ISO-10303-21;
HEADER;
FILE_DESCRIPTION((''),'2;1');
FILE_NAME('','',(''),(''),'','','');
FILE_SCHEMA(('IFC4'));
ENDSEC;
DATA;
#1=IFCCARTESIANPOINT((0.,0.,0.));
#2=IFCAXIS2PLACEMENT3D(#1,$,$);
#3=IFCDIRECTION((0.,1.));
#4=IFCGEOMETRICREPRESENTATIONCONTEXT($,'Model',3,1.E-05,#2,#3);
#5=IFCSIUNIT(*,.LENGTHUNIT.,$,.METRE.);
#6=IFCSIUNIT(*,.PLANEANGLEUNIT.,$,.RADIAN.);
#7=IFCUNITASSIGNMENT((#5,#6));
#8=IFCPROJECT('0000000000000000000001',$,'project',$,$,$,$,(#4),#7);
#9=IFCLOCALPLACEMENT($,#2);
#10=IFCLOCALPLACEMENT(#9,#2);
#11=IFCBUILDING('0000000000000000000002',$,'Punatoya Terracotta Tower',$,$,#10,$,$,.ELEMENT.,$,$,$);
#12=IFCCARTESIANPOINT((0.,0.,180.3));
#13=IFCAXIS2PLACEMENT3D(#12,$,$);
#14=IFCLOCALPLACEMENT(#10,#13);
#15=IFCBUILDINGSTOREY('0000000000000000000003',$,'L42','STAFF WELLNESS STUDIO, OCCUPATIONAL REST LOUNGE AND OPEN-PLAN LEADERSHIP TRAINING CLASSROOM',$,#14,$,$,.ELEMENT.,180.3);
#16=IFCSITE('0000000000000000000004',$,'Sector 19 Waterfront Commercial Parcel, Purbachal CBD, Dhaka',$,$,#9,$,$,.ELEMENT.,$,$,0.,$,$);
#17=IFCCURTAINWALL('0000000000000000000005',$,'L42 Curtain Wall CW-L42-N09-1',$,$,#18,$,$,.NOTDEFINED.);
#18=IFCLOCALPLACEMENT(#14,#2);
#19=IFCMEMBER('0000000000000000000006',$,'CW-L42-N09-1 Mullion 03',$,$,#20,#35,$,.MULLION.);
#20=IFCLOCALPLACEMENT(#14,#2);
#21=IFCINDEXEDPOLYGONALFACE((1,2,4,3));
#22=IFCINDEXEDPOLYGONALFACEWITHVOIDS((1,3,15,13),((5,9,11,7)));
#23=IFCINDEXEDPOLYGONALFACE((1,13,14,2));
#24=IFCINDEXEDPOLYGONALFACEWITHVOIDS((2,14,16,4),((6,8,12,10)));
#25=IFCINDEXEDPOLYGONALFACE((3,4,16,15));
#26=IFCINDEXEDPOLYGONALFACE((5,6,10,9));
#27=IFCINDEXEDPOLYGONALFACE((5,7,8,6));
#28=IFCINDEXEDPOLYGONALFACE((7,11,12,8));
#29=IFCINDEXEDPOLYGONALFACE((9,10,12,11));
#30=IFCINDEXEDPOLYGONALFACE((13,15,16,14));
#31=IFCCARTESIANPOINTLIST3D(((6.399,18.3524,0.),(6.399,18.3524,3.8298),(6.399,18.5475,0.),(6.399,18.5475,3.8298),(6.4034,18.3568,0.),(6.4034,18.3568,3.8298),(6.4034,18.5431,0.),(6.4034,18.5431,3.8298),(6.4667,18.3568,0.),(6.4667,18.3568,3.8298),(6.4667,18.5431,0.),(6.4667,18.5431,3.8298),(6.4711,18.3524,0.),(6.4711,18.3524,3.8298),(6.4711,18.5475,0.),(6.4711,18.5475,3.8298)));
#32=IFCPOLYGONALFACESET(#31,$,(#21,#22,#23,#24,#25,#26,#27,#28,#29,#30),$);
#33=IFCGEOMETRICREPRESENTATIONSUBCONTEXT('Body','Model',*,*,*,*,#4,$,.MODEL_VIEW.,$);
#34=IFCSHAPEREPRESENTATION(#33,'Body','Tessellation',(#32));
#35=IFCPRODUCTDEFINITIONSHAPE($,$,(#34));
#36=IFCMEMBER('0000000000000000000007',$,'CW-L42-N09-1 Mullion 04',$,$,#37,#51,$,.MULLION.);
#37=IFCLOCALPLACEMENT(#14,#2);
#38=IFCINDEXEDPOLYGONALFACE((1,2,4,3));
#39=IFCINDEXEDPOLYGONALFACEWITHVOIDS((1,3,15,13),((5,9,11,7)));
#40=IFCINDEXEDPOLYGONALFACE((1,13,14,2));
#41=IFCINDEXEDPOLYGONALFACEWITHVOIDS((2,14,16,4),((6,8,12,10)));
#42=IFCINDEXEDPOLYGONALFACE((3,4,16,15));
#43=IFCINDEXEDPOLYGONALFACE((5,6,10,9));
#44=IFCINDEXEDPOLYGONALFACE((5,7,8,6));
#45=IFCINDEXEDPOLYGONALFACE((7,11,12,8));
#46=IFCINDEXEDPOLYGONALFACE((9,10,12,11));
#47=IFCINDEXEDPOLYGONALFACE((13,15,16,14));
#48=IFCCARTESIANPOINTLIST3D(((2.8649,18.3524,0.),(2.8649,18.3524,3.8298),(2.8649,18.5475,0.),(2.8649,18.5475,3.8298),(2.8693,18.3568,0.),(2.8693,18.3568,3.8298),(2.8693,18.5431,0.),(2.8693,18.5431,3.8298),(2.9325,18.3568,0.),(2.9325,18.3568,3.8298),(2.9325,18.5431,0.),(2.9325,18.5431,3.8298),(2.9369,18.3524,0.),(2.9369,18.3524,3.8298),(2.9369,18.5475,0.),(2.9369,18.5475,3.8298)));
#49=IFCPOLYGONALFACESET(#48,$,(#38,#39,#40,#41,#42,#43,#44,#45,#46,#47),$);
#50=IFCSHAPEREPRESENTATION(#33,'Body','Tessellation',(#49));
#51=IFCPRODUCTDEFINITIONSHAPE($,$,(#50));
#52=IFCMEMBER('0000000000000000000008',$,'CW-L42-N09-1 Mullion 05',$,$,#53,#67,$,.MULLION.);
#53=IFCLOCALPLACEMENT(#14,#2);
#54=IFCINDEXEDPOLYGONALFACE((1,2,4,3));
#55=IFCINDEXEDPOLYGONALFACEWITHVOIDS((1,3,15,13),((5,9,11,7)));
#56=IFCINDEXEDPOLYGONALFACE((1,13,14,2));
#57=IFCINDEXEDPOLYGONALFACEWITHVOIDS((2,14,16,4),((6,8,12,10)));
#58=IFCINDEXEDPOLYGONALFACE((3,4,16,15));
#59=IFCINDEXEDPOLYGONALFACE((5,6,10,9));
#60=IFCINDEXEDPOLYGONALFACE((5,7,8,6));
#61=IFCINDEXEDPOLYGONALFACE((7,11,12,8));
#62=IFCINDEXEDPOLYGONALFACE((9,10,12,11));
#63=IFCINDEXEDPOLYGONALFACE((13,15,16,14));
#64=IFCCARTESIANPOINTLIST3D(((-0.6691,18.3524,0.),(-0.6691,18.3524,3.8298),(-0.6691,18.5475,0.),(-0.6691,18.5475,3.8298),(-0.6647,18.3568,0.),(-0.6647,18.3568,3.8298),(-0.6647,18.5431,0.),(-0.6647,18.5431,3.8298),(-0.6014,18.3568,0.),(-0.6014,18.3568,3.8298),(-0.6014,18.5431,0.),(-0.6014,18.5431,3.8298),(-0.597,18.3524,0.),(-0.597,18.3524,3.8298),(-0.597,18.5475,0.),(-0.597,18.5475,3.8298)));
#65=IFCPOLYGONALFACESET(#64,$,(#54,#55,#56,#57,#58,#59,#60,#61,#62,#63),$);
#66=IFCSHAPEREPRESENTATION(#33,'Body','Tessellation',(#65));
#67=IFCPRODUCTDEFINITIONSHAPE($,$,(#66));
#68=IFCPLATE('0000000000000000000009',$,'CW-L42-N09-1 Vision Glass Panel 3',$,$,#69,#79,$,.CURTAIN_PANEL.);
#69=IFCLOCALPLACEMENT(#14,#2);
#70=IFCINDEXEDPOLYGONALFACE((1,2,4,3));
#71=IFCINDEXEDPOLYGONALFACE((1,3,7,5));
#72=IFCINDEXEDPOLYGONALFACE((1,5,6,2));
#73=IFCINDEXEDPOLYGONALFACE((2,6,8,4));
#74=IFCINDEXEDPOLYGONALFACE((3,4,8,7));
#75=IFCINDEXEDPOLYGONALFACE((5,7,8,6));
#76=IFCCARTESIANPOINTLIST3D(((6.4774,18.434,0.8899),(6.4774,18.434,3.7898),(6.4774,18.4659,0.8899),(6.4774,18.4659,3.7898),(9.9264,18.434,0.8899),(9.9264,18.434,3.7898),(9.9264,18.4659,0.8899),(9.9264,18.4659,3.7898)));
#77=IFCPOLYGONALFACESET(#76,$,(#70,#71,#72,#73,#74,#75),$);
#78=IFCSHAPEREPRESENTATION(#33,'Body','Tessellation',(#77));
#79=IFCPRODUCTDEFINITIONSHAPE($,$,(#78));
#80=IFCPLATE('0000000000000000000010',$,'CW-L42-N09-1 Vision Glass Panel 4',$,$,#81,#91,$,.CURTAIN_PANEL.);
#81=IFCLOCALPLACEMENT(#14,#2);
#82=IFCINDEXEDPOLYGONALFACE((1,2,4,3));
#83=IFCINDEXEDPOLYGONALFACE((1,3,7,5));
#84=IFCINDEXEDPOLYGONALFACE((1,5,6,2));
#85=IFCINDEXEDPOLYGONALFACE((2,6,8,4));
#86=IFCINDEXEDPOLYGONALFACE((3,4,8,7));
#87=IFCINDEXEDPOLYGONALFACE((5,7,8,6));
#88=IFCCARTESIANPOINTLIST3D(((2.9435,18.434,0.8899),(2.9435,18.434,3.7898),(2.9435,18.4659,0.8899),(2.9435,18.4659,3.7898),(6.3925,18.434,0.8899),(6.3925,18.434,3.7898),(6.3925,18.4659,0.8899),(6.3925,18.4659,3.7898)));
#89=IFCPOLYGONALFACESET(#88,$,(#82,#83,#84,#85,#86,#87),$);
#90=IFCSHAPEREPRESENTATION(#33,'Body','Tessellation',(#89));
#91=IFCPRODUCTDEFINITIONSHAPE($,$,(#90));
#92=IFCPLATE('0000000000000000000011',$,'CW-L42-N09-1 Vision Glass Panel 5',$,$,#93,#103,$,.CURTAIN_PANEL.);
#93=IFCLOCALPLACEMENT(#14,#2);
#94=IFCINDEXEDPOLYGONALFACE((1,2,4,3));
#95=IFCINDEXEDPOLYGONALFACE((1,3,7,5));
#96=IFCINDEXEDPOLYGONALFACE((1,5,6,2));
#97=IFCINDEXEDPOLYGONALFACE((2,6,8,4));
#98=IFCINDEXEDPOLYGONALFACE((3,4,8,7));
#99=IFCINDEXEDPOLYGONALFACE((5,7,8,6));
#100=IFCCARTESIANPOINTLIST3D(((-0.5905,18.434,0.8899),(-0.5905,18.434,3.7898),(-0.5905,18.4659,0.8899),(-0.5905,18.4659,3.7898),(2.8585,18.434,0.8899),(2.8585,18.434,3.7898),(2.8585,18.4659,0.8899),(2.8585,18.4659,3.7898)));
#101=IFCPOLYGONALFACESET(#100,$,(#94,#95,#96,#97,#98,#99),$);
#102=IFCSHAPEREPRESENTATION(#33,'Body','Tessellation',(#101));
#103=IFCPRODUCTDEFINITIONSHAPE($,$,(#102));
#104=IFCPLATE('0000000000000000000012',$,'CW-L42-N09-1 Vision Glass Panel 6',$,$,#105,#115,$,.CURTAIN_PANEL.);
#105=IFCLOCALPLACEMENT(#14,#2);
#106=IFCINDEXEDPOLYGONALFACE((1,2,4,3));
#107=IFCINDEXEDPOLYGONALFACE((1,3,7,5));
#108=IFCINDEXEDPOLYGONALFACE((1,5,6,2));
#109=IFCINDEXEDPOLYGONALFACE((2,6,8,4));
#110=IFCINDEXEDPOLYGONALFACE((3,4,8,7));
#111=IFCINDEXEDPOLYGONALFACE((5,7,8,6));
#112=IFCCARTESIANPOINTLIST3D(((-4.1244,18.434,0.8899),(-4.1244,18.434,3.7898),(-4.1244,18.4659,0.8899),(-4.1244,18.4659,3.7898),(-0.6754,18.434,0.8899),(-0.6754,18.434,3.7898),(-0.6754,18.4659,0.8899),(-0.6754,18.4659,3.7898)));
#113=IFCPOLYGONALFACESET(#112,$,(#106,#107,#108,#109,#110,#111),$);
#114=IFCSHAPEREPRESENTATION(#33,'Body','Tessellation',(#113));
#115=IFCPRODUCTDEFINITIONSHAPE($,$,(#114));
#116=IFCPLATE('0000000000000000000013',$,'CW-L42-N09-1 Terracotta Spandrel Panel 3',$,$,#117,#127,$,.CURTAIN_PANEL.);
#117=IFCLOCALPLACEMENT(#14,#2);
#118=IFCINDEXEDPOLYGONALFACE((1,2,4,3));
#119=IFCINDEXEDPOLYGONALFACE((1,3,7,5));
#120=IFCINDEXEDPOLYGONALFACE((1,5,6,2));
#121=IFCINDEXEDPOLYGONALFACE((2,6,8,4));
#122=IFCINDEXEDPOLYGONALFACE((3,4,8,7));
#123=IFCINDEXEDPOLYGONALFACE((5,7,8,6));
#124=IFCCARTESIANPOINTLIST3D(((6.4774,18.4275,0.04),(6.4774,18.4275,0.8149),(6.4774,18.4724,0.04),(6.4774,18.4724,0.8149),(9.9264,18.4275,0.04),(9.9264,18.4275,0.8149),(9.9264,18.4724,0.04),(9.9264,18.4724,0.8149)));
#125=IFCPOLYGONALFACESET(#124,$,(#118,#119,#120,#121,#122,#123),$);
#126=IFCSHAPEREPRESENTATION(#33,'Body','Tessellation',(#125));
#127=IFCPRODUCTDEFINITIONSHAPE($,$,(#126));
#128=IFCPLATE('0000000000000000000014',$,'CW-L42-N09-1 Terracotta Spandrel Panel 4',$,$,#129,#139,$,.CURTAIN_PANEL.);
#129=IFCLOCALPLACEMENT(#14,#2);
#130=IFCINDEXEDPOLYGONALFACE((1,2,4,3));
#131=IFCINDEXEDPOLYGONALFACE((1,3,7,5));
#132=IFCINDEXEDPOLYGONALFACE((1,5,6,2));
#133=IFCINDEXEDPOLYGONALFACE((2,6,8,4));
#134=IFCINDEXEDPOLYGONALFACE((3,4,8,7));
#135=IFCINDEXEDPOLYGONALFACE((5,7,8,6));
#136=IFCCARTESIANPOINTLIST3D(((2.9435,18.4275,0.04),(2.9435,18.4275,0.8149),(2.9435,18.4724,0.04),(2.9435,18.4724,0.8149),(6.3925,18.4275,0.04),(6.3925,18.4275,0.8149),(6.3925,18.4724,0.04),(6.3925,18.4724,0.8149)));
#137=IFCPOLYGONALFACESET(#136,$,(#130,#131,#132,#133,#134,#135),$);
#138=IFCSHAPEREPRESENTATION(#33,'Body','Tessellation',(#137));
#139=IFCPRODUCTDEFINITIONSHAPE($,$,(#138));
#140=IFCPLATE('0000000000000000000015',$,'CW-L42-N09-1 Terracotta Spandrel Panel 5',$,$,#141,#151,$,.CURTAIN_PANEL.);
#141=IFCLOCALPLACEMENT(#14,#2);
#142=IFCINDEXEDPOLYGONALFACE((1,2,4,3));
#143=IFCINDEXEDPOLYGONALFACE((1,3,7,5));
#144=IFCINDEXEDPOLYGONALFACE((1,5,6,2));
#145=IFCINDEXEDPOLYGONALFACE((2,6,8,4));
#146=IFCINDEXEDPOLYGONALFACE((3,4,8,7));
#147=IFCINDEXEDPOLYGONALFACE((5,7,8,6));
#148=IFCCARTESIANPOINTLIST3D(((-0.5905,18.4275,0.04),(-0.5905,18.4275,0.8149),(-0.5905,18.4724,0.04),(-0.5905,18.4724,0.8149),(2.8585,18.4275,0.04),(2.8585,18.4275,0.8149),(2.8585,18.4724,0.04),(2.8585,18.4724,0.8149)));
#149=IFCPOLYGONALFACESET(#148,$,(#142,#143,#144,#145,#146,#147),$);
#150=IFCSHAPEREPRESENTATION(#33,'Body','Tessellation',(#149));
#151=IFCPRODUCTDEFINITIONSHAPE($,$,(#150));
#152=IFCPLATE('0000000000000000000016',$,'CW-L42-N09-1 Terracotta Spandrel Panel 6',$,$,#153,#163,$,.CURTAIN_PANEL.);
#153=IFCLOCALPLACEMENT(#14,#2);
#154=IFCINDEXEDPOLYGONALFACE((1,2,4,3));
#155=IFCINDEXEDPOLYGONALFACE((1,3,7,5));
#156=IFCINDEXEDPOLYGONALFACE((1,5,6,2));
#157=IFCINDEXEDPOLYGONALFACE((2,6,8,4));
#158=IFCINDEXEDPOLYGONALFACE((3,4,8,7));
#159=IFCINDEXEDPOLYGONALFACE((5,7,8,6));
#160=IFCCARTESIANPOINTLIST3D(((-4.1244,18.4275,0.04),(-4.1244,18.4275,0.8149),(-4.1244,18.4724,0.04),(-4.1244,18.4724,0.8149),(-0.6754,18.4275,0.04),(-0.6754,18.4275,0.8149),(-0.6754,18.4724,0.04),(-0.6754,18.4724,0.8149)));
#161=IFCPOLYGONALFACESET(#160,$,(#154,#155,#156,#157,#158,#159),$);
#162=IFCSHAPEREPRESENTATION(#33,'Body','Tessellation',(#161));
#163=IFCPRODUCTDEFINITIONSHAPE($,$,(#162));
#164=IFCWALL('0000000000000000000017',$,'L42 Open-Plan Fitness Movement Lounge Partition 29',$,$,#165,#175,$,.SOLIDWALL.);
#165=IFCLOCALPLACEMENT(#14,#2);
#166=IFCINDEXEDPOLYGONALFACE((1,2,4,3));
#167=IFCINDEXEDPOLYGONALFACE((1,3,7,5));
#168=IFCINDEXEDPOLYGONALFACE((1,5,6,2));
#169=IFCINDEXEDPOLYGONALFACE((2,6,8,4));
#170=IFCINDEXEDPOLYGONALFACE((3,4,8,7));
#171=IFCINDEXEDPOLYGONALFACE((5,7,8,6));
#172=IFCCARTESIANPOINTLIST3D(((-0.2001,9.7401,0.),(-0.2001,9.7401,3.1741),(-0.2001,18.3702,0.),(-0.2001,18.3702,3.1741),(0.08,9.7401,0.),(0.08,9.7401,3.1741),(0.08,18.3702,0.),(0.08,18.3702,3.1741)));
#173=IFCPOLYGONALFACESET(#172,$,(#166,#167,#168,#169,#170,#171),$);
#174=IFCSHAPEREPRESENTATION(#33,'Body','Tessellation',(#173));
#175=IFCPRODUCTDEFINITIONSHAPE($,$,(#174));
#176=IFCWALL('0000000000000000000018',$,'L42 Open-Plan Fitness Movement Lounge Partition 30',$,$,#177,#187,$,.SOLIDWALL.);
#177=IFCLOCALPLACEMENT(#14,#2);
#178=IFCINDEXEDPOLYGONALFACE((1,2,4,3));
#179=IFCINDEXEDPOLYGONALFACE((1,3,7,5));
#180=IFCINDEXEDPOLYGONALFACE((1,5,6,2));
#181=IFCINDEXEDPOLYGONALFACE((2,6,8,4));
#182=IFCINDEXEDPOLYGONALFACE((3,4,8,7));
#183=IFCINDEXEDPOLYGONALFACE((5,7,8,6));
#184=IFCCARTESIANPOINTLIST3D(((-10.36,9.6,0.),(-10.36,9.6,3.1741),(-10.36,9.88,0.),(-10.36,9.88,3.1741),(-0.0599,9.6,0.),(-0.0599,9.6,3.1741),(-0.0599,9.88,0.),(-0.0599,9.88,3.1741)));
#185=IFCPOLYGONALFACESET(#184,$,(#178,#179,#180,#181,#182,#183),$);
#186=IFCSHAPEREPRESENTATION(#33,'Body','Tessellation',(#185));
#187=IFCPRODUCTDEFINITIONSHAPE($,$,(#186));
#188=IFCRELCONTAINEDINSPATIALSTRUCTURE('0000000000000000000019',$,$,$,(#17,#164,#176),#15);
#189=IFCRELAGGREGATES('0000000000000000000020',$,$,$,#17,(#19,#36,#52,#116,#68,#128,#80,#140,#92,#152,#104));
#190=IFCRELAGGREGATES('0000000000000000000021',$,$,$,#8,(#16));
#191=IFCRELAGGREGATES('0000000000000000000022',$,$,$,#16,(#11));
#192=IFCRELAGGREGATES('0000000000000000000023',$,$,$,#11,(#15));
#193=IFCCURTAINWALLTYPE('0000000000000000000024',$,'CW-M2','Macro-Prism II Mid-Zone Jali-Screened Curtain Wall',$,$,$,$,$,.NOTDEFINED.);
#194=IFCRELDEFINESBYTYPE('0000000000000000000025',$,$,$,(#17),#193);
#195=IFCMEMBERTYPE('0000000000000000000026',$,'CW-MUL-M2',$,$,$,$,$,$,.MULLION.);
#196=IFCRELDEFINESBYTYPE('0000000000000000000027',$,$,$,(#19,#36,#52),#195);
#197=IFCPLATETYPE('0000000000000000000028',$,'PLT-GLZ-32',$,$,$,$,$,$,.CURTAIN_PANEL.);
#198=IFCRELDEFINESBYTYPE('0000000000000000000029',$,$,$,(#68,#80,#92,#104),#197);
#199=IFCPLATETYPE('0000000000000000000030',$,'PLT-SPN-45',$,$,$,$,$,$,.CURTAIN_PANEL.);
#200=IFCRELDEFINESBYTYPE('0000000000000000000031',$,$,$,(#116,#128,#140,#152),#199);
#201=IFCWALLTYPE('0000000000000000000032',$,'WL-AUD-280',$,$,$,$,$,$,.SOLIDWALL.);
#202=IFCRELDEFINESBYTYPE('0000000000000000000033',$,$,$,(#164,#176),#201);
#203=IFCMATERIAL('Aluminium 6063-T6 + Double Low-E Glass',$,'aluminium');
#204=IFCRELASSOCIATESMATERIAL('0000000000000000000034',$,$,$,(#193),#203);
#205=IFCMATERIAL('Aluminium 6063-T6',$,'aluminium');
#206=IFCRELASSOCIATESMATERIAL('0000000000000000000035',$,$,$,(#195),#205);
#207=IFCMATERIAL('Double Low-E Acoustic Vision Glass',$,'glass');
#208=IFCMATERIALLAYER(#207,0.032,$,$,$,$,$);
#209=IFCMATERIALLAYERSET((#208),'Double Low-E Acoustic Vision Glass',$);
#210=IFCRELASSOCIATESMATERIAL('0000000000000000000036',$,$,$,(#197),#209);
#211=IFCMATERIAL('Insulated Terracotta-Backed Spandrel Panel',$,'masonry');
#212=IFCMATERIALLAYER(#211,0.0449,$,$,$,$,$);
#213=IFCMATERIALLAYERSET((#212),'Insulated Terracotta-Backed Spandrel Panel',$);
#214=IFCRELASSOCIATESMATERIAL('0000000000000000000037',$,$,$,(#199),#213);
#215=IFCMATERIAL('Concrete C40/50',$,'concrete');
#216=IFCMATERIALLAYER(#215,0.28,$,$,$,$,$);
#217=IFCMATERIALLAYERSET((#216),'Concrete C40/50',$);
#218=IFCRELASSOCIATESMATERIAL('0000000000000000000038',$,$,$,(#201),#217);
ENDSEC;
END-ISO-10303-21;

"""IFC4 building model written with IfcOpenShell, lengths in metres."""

from ifc_helpers import new_model, si_unit, direction, frame, frame_2d, origin, origin_2d, place, context, subcontext, project, spatial, rectangle, hollow_rectangle, extrude, material, layer, layer_set, material_profile, profile_set, type_object, element, aggregate, save


model = new_model("IFC4")

# Units and contexts
model_context = context("Model", 3, precision=1e-05, world=origin(), true_north=direction((0.0, 1.0)))
body_context = subcontext(model_context, "Body", "Model", "MODEL_VIEW")
ifc_project = project(units=[si_unit("LENGTHUNIT", "METRE"), si_unit("PLANEANGLEUNIT", "RADIAN")], contexts=[model_context])

# Site, building, storey
site_placement = place(None, origin())
site = spatial("IfcSite", under=ifc_project, at=site_placement, Name="Sector 19 Waterfront Commercial Parcel, Purbachal CBD, Dhaka", CompositionType="ELEMENT", RefElevation=0.0)
building_placement = place(site_placement, origin())
building = spatial("IfcBuilding", under=site, at=building_placement, Name="Punatoya Terracotta Tower", CompositionType="ELEMENT")
storey_placement = place(building_placement, frame((0.0, 0.0, 180.3)))
storey = spatial("IfcBuildingStorey", under=building, at=storey_placement, Name="L42", Description="STAFF WELLNESS STUDIO, OCCUPATIONAL REST LOUNGE AND OPEN-PLAN LEADERSHIP TRAINING CLASSROOM", CompositionType="ELEMENT", Elevation=180.3)

# Curtain wall, members, plates
ifc_material_1 = material(Name="Aluminium 6063-T6 + Double Low-E Glass", Category="aluminium")
curtain_wall_type = type_object("IfcCurtainWallType", Name="CW-M2", Description="Macro-Prism II Mid-Zone Jali-Screened Curtain Wall", PredefinedType="NOTDEFINED", material=ifc_material_1)
curtain_wall_placement = place(storey_placement, origin())
curtain_wall = element("IfcCurtainWall", 1, at=curtain_wall_placement, inside=storey, type_object=curtain_wall_type, Name="L42 Curtain Wall CW-L42-N09-1", PredefinedType="NOTDEFINED")
ifc_material_2 = material(Name="Aluminium 6063-T6", Category="aluminium")
ifc_material_profile_1 = material_profile(ifc_material_2, hollow_rectangle(XDim=0.072, YDim=0.1951, WallThickness=0.0044, at=origin_2d()))
ifc_profile_set_1 = profile_set([ifc_material_profile_1], Name="Aluminium 6063-T6")
member_type = type_object("IfcMemberType", Name="CW-MUL-M2", PredefinedType="MULLION", material=ifc_profile_set_1)
member_1_placement = place(storey_placement, frame((6.4351, 18.45, 0.0), z_axis=(0.0, 0.0, 1.0), x_axis=(1.0, 0.0, 0.0)))
member_1 = element("IfcMember", 2, at=member_1_placement, type_object=member_type, Name="CW-L42-N09-1 Mullion 03", PredefinedType="MULLION", context=body_context, shape_type="SweptSolid", body=[
    extrude(hollow_rectangle(XDim=0.072, YDim=0.1951, WallThickness=0.0044, at=origin_2d()), origin(), (0.0, 0.0, 1.0), 3.8298),
])
member_2_placement = place(storey_placement, frame((2.9009, 18.45, 0.0), z_axis=(0.0, 0.0, 1.0), x_axis=(1.0, 0.0, 0.0)))
member_2 = element("IfcMember", 3, at=member_2_placement, type_object=member_type, Name="CW-L42-N09-1 Mullion 04", PredefinedType="MULLION", context=body_context, shape_type="SweptSolid", body=[
    extrude(hollow_rectangle(XDim=0.072, YDim=0.1951, WallThickness=0.0044, at=origin_2d()), origin(), (0.0, 0.0, 1.0), 3.8298),
])
member_3_placement = place(storey_placement, frame((-0.6331, 18.45, 0.0), z_axis=(0.0, 0.0, 1.0), x_axis=(1.0, 0.0, 0.0)))
member_3 = element("IfcMember", 4, at=member_3_placement, type_object=member_type, Name="CW-L42-N09-1 Mullion 05", PredefinedType="MULLION", context=body_context, shape_type="SweptSolid", body=[
    extrude(hollow_rectangle(XDim=0.072, YDim=0.1951, WallThickness=0.0044, at=origin_2d()), origin(), (0.0, 0.0, 1.0), 3.8298),
])
ifc_material_3 = material(Name="Double Low-E Acoustic Vision Glass", Category="glass")
ifc_layer_1 = layer(ifc_material_3, 0.032)
ifc_layer_set_1 = layer_set([ifc_layer_1], Name="Double Low-E Acoustic Vision Glass")
plate_type_1 = type_object("IfcPlateType", Name="PLT-GLZ-32", PredefinedType="CURTAIN_PANEL", material=ifc_layer_set_1)
plate_1_placement = place(storey_placement, frame((8.2019, 18.45, 0.8899), z_axis=(0.0, 0.0, 1.0), x_axis=(-1.0, 0.0, 0.0)))
plate_1 = element("IfcPlate", 5, at=plate_1_placement, type_object=plate_type_1, Name="CW-L42-N09-1 Vision Glass Panel 3", PredefinedType="CURTAIN_PANEL", context=body_context, shape_type="SweptSolid", body=[
    extrude(rectangle(XDim=3.449, YDim=0.032, at=origin_2d()), origin(), (0.0, 0.0, 1.0), 2.8999),
])
plate_2_placement = place(storey_placement, frame((4.668, 18.45, 0.8899), z_axis=(0.0, 0.0, 1.0), x_axis=(-1.0, 0.0, 0.0)))
plate_2 = element("IfcPlate", 6, at=plate_2_placement, type_object=plate_type_1, Name="CW-L42-N09-1 Vision Glass Panel 4", PredefinedType="CURTAIN_PANEL", context=body_context, shape_type="SweptSolid", body=[
    extrude(rectangle(XDim=3.449, YDim=0.032, at=origin_2d()), origin(), (0.0, 0.0, 1.0), 2.8999),
])
plate_3_placement = place(storey_placement, frame((1.134, 18.45, 0.8899), z_axis=(0.0, 0.0, 1.0), x_axis=(-1.0, 0.0, 0.0)))
plate_3 = element("IfcPlate", 7, at=plate_3_placement, type_object=plate_type_1, Name="CW-L42-N09-1 Vision Glass Panel 5", PredefinedType="CURTAIN_PANEL", context=body_context, shape_type="SweptSolid", body=[
    extrude(rectangle(XDim=3.449, YDim=0.032, at=origin_2d()), origin(), (0.0, 0.0, 1.0), 2.8999),
])
plate_4_placement = place(storey_placement, frame((-2.3999, 18.45, 0.8899), z_axis=(0.0, 0.0, 1.0), x_axis=(-1.0, 0.0, 0.0)))
plate_4 = element("IfcPlate", 8, at=plate_4_placement, type_object=plate_type_1, Name="CW-L42-N09-1 Vision Glass Panel 6", PredefinedType="CURTAIN_PANEL", context=body_context, shape_type="SweptSolid", body=[
    extrude(rectangle(XDim=3.449, YDim=0.032, at=origin_2d()), origin(), (0.0, 0.0, 1.0), 2.8999),
])
ifc_material_4 = material(Name="Insulated Terracotta-Backed Spandrel Panel", Category="masonry")
ifc_layer_2 = layer(ifc_material_4, 0.0449)
ifc_layer_set_2 = layer_set([ifc_layer_2], Name="Insulated Terracotta-Backed Spandrel Panel")
plate_type_2 = type_object("IfcPlateType", Name="PLT-SPN-45", PredefinedType="CURTAIN_PANEL", material=ifc_layer_set_2)
plate_5_placement = place(storey_placement, frame((8.2019, 18.45, 0.04), z_axis=(0.0, 0.0, 1.0), x_axis=(-1.0, 0.0, 0.0)))
plate_5 = element("IfcPlate", 9, at=plate_5_placement, type_object=plate_type_2, Name="CW-L42-N09-1 Terracotta Spandrel Panel 3", PredefinedType="CURTAIN_PANEL", context=body_context, shape_type="SweptSolid", body=[
    extrude(rectangle(XDim=3.449, YDim=0.0449, at=origin_2d()), origin(), (0.0, 0.0, 1.0), 0.7749),
])
plate_6_placement = place(storey_placement, frame((4.668, 18.45, 0.04), z_axis=(0.0, 0.0, 1.0), x_axis=(-1.0, 0.0, 0.0)))
plate_6 = element("IfcPlate", 10, at=plate_6_placement, type_object=plate_type_2, Name="CW-L42-N09-1 Terracotta Spandrel Panel 4", PredefinedType="CURTAIN_PANEL", context=body_context, shape_type="SweptSolid", body=[
    extrude(rectangle(XDim=3.449, YDim=0.0449, at=origin_2d()), origin(), (0.0, 0.0, 1.0), 0.7749),
])
plate_7_placement = place(storey_placement, frame((1.134, 18.45, 0.04), z_axis=(0.0, 0.0, 1.0), x_axis=(-1.0, 0.0, 0.0)))
plate_7 = element("IfcPlate", 11, at=plate_7_placement, type_object=plate_type_2, Name="CW-L42-N09-1 Terracotta Spandrel Panel 5", PredefinedType="CURTAIN_PANEL", context=body_context, shape_type="SweptSolid", body=[
    extrude(rectangle(XDim=3.449, YDim=0.0449, at=origin_2d()), origin(), (0.0, 0.0, 1.0), 0.7749),
])
plate_8_placement = place(storey_placement, frame((-2.3999, 18.45, 0.04), z_axis=(0.0, 0.0, 1.0), x_axis=(-1.0, 0.0, 0.0)))
plate_8 = element("IfcPlate", 12, at=plate_8_placement, type_object=plate_type_2, Name="CW-L42-N09-1 Terracotta Spandrel Panel 6", PredefinedType="CURTAIN_PANEL", context=body_context, shape_type="SweptSolid", body=[
    extrude(rectangle(XDim=3.449, YDim=0.0449, at=origin_2d()), origin(), (0.0, 0.0, 1.0), 0.7749),
])
aggregate(curtain_wall, [member_1, member_2, member_3, plate_5, plate_1, plate_6, plate_2, plate_7, plate_3, plate_8, plate_4])

# Walls
ifc_material_5 = material(Name="Concrete C40/50", Category="concrete")
ifc_layer_3 = layer(ifc_material_5, 0.28)
ifc_layer_set_3 = layer_set([ifc_layer_3], Name="Concrete C40/50")
wall_type_1 = type_object("IfcWallType", Name="WL-AUD-280", PredefinedType="SOLIDWALL", material=ifc_layer_set_3)
wall_1_placement = place(storey_placement, frame((-0.0601, 18.3701, 0.0), z_axis=(0.0, 0.0, 1.0), x_axis=(0.0, -1.0, 0.0)))
element("IfcWall", 13, at=wall_1_placement, inside=storey, type_object=wall_type_1, Name="L42 Open-Plan Fitness Movement Lounge Partition 29", PredefinedType="SOLIDWALL", context=body_context, shape_type="SweptSolid", body=[
    extrude(rectangle(XDim=8.6301, YDim=0.28, at=frame_2d((4.3149, 0.0))), origin(), (0.0, 0.0, 1.0), 3.1741),
])
wall_2_placement = place(storey_placement, frame((-0.0601, 9.74, 0.0), z_axis=(0.0, 0.0, 1.0), x_axis=(-1.0, 0.0, 0.0)))
element("IfcWall", 14, at=wall_2_placement, inside=storey, type_object=wall_type_1, Name="L42 Open-Plan Fitness Movement Lounge Partition 30", PredefinedType="SOLIDWALL", context=body_context, shape_type="SweptSolid", body=[
    extrude(rectangle(XDim=10.3, YDim=0.28, at=frame_2d((5.1499, 0.0))), origin(), (0.0, 0.0, 1.0), 3.1741),
])

save(model, "model.ifc")
